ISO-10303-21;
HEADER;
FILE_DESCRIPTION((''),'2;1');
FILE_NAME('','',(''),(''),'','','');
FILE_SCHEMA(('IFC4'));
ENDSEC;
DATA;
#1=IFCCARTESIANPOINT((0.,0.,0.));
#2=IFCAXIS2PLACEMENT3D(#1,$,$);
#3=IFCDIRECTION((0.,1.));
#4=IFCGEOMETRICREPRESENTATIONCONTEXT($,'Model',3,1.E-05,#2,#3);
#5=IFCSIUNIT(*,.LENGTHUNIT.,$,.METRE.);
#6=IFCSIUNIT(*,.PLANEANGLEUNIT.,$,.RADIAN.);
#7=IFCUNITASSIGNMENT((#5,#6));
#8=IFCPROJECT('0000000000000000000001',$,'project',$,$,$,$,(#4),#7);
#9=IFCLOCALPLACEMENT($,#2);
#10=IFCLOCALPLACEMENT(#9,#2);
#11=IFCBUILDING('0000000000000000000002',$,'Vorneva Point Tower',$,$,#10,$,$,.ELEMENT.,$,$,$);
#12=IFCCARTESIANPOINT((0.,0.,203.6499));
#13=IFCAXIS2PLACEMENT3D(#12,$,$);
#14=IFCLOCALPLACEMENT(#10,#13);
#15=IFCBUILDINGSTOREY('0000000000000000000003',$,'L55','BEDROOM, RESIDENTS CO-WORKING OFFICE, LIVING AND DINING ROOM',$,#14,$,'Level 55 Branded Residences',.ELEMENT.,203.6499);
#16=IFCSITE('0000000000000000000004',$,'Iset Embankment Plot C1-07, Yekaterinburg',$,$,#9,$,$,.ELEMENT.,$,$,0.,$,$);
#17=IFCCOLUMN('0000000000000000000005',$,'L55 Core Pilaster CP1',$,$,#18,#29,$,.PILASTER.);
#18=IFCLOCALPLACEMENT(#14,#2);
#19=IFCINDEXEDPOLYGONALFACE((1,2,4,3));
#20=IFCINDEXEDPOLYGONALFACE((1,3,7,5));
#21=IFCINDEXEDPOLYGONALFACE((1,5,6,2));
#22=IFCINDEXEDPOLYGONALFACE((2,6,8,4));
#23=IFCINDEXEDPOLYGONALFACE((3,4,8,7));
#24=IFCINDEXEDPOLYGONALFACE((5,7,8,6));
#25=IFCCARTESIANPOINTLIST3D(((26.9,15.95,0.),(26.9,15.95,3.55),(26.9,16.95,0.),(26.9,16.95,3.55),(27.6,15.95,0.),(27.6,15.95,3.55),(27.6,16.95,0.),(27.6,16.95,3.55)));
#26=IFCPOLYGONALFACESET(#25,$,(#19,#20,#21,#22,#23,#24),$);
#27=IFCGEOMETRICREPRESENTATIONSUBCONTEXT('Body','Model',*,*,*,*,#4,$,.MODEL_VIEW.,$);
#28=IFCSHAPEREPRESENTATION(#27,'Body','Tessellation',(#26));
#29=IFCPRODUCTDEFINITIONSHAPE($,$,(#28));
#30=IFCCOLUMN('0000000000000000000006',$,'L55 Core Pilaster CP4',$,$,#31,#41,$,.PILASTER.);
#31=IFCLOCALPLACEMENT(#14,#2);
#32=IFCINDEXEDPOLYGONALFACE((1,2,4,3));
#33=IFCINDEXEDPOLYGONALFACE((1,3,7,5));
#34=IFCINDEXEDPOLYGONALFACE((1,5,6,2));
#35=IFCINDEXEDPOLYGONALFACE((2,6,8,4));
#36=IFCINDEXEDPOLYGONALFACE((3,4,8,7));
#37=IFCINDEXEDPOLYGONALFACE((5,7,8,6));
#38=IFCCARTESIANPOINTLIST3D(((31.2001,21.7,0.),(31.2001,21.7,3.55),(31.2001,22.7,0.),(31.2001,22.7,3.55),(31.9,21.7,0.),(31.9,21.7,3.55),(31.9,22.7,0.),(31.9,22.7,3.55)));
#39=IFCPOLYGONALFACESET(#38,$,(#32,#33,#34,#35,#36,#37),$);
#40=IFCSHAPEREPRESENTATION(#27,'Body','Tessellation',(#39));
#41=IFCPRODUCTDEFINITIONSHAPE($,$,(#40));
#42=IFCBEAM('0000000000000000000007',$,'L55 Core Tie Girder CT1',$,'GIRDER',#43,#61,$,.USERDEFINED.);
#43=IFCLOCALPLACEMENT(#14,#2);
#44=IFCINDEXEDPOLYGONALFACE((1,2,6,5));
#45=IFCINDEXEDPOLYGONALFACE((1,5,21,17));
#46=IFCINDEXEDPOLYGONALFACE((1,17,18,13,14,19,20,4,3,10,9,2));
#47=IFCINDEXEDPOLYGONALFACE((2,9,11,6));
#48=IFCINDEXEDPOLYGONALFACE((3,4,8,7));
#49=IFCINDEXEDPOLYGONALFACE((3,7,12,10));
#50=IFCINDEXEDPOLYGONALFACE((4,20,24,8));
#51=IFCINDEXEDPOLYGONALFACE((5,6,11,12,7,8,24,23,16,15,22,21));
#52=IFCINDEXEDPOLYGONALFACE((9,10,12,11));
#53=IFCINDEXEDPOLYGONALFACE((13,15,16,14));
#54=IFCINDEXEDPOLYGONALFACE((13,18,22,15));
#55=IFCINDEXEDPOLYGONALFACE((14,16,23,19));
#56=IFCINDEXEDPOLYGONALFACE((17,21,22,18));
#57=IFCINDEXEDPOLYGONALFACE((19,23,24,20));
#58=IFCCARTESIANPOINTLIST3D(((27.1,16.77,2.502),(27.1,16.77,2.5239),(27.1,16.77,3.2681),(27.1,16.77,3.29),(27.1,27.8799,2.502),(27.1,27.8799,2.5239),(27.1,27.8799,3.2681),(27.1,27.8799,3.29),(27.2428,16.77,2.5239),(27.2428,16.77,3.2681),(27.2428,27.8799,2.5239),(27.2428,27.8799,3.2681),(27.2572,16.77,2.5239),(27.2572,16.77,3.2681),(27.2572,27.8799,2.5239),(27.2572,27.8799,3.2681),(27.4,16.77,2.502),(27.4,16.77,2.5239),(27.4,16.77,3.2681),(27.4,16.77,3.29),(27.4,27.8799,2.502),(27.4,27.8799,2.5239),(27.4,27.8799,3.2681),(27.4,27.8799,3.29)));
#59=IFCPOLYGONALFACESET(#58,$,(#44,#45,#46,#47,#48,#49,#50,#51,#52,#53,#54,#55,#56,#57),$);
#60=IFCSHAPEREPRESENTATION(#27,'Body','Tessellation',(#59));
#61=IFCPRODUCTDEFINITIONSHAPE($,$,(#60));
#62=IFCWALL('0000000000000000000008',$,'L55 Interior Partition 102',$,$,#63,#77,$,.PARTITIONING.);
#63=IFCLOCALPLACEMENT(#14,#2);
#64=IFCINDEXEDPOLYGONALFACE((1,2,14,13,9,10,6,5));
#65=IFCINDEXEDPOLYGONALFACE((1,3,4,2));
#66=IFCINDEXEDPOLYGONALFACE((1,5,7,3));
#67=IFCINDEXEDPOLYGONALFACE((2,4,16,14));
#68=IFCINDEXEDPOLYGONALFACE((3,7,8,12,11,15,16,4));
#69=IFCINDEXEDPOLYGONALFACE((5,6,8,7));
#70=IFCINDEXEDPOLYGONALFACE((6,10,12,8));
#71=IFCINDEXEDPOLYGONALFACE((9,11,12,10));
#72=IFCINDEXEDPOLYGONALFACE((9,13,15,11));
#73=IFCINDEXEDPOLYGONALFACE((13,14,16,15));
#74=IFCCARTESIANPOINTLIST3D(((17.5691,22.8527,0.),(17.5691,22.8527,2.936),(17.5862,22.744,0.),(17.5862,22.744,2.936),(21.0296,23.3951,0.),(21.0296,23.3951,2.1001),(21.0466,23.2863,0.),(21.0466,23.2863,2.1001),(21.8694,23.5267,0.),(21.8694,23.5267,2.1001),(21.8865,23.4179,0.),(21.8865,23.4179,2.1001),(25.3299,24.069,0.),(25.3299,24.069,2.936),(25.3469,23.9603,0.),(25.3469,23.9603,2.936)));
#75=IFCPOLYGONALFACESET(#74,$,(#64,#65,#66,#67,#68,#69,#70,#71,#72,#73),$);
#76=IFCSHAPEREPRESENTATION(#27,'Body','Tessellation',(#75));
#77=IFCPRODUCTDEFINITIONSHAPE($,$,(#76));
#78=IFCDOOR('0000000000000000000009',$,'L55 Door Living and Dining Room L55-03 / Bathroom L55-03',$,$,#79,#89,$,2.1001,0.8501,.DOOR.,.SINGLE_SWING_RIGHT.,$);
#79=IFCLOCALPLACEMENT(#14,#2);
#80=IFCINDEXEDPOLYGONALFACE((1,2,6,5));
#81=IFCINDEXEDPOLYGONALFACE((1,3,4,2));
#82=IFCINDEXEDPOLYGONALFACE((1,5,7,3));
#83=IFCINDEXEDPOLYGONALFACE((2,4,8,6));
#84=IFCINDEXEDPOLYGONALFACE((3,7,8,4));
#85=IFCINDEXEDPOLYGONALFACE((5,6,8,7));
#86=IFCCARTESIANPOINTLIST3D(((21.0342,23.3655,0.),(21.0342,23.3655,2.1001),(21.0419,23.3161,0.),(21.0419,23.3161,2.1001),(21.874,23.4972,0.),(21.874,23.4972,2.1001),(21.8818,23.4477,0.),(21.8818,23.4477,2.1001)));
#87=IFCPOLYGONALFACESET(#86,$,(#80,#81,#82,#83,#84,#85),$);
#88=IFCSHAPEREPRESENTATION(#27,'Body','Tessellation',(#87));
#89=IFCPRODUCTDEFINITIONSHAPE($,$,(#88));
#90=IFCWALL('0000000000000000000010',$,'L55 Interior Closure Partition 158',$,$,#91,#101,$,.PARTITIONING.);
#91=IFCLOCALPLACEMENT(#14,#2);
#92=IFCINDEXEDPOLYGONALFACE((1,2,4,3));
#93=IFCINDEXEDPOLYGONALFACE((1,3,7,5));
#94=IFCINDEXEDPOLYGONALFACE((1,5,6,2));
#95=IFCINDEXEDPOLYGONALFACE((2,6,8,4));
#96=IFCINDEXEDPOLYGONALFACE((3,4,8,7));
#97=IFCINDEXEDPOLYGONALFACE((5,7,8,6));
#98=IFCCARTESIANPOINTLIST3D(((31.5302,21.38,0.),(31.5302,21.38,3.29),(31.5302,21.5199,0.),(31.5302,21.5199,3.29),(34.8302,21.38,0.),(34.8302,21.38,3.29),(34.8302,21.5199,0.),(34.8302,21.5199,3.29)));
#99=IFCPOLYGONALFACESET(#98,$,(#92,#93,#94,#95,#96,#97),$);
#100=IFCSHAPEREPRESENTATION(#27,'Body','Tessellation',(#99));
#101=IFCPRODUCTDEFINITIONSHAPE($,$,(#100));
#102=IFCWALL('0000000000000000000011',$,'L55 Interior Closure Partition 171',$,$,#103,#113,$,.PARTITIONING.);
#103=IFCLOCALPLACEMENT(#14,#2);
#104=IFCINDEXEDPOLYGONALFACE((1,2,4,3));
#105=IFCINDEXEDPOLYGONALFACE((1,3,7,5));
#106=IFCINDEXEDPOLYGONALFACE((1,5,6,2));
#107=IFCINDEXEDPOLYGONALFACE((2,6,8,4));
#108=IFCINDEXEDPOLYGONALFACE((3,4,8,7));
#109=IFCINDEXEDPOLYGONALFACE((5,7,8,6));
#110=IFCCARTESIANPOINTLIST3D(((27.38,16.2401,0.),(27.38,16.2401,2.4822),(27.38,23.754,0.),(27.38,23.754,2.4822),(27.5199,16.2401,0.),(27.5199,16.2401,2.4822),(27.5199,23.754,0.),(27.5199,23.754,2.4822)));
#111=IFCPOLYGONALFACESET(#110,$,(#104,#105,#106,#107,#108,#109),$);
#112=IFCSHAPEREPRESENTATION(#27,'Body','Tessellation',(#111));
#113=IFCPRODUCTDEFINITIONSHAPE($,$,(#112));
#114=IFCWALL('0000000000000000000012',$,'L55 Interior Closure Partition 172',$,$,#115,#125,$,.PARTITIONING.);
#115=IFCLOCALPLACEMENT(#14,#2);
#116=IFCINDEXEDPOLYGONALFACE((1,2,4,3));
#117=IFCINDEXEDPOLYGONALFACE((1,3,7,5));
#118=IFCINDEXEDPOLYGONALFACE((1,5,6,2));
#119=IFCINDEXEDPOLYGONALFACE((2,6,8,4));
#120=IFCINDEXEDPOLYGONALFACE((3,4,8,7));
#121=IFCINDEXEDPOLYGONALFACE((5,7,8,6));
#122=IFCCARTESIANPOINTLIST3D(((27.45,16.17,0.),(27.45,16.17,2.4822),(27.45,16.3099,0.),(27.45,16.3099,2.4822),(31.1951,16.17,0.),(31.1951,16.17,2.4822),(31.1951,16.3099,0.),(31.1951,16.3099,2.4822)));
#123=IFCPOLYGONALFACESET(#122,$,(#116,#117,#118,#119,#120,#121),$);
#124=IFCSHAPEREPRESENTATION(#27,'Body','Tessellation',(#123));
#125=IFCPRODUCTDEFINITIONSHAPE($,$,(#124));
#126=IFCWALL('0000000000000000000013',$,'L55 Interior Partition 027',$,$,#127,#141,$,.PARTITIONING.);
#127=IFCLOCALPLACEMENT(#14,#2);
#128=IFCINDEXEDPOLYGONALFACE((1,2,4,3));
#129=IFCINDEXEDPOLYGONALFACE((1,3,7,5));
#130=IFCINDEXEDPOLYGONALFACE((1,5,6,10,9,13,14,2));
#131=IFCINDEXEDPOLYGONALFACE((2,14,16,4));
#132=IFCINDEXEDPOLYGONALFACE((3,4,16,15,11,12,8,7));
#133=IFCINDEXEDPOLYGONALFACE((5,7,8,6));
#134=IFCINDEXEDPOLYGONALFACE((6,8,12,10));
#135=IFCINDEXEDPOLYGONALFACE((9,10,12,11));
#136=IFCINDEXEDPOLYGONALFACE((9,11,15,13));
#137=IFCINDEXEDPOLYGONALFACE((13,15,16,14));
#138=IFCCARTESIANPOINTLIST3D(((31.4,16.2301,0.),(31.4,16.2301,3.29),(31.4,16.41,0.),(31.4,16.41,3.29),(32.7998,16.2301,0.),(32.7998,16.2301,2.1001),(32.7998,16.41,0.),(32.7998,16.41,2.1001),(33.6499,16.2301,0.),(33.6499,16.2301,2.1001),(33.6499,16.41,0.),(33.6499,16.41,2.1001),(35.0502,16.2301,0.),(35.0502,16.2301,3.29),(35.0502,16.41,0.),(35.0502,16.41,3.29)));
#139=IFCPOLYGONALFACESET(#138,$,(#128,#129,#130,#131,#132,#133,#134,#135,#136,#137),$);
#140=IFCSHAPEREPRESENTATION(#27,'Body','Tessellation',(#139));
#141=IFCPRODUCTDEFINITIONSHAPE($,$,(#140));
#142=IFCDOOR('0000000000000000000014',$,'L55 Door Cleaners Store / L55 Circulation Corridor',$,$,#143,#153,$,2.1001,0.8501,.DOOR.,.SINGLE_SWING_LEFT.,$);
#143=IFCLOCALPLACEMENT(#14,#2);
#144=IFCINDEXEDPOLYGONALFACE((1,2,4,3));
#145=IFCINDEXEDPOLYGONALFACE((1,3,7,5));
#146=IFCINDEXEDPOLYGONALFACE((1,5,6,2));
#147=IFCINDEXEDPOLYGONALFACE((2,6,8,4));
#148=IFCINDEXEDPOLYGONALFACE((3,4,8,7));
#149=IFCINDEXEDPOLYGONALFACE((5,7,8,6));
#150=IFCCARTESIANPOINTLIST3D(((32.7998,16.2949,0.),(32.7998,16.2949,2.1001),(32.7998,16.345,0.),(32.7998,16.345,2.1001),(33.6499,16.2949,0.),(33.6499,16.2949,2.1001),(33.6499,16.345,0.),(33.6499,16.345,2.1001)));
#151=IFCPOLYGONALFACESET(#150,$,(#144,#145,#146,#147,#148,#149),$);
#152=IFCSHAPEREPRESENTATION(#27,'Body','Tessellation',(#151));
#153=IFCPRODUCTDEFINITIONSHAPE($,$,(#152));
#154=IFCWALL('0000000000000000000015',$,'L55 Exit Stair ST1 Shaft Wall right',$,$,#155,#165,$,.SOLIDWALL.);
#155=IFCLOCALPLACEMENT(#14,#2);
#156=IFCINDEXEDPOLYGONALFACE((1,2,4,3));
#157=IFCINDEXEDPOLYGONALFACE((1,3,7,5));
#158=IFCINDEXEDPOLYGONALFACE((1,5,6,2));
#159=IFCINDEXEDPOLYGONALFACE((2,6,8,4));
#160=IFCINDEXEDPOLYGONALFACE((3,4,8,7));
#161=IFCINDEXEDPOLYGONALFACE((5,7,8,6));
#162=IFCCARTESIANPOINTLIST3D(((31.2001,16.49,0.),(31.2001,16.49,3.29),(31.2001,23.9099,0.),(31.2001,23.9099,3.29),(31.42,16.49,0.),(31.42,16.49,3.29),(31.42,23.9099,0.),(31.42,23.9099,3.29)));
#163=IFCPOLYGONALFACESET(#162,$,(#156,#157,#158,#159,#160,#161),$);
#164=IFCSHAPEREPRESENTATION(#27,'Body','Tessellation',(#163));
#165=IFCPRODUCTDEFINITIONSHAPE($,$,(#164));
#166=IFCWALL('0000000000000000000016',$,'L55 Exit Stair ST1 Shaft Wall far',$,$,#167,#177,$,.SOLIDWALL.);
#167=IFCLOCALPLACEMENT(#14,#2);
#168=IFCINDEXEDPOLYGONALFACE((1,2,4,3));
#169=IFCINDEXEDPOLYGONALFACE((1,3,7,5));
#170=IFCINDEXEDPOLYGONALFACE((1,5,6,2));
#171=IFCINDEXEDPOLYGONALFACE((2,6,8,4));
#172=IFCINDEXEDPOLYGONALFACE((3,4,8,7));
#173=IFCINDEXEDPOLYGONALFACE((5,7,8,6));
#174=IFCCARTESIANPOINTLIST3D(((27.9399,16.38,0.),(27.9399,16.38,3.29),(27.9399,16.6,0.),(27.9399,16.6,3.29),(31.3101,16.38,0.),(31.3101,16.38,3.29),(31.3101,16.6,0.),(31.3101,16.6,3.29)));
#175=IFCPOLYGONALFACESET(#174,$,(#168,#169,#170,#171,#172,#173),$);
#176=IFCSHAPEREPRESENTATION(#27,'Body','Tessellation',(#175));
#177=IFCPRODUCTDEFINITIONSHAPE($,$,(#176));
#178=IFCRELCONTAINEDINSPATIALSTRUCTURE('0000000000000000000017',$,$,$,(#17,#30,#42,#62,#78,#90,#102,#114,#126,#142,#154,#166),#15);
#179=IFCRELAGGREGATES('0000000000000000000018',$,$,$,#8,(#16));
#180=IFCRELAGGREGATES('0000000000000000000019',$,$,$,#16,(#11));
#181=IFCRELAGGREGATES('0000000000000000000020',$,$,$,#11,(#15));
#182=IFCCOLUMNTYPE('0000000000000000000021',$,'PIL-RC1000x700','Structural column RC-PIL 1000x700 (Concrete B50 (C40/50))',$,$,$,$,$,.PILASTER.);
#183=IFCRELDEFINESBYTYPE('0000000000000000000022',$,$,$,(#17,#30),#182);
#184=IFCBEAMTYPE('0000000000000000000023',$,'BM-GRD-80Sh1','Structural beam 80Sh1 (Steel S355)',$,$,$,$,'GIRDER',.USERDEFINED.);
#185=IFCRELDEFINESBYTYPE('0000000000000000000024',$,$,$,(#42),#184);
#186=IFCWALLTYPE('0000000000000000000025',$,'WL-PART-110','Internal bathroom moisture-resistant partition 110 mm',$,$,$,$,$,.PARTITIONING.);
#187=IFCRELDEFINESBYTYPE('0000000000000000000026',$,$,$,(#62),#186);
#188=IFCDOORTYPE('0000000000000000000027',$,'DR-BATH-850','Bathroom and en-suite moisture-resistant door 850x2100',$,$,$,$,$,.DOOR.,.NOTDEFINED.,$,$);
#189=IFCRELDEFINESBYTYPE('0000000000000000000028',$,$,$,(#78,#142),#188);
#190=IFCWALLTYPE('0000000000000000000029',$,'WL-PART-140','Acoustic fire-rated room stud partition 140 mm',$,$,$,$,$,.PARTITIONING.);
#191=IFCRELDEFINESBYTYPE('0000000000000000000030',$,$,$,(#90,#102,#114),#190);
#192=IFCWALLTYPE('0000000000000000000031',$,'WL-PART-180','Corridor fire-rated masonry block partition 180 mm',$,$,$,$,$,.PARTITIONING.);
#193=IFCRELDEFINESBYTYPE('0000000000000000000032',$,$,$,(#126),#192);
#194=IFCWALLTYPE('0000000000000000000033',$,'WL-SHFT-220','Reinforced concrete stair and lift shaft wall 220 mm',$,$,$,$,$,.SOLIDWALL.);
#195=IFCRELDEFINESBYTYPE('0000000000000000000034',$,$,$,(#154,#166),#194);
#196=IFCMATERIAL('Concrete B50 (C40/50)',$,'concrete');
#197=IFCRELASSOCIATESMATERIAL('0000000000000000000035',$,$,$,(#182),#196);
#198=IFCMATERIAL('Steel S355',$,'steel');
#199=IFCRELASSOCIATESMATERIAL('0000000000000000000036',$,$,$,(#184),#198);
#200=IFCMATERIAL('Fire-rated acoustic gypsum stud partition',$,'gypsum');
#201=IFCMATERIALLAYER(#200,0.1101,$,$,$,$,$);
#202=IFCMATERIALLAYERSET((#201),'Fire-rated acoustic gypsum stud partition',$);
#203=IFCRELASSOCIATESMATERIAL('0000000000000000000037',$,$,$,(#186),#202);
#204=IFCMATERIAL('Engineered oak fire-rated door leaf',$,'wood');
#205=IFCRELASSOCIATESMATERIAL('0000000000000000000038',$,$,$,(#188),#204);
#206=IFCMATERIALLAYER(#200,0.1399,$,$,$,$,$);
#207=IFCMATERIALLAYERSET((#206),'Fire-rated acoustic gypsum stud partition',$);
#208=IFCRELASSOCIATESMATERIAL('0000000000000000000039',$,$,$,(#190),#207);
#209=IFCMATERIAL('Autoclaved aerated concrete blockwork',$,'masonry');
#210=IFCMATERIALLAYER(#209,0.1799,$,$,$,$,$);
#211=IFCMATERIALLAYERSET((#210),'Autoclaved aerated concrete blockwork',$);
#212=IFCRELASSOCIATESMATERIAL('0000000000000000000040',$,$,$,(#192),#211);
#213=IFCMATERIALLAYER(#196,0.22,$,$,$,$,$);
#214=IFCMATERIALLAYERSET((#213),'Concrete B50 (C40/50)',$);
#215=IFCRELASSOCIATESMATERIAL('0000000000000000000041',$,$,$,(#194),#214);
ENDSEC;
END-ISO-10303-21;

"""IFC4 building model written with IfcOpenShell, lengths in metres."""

from ifc_helpers import new_model, si_unit, direction, frame, frame_2d, origin, origin_2d, place, context, subcontext, project, spatial, rectangle, i_section, extrude, material, layer, layer_set, material_profile, profile_set, type_object, element, fill, save


model = new_model("IFC4")

# Units and contexts
model_context = context("Model", 3, precision=1e-05, world=origin(), true_north=direction((0.0, 1.0)))
body_context = subcontext(model_context, "Body", "Model", "MODEL_VIEW")
ifc_project = project(units=[si_unit("LENGTHUNIT", "METRE"), si_unit("PLANEANGLEUNIT", "RADIAN")], contexts=[model_context])

# Site, building, storey
site_placement = place(None, origin())
site = spatial("IfcSite", under=ifc_project, at=site_placement, Name="Iset Embankment Plot C1-07, Yekaterinburg", CompositionType="ELEMENT", RefElevation=0.0)
building_placement = place(site_placement, origin())
building = spatial("IfcBuilding", under=site, at=building_placement, Name="Vorneva Point Tower", CompositionType="ELEMENT")
storey_placement = place(building_placement, frame((0.0, 0.0, 203.6499)))
storey = spatial("IfcBuildingStorey", under=building, at=storey_placement, Name="L55", Description="BEDROOM, RESIDENTS CO-WORKING OFFICE, LIVING AND DINING ROOM", LongName="Level 55 Branded Residences", CompositionType="ELEMENT", Elevation=203.6499)

# Columns
ifc_material_1 = material(Name="Concrete B50 (C40/50)", Category="concrete")
ifc_material_profile_1 = material_profile(ifc_material_1, rectangle(XDim=0.7, YDim=1.0, at=origin_2d()), Name="RC-PIL 1000x700")
ifc_profile_set_1 = profile_set([ifc_material_profile_1], Name="Concrete B50 (C40/50)")
column_type = type_object("IfcColumnType", Name="PIL-RC1000x700", Description="Structural column RC-PIL 1000x700 (Concrete B50 (C40/50))", PredefinedType="PILASTER", material=ifc_profile_set_1)
for number, where, z_axis, x_axis, name in (
    (1, (27.25, 16.45, 0.0), (0.0, 0.0, 1.0), (1.0, 0.0, 0.0), "L55 Core Pilaster CP1"),
    (2, (31.55, 22.2, 0.0), (0.0, 0.0, 1.0), (1.0, 0.0, 0.0), "L55 Core Pilaster CP4"),
):
    element("IfcColumn", number, at=place(storey_placement, frame(where, z_axis=z_axis, x_axis=x_axis)), inside=storey, type_object=column_type, Name=name, PredefinedType="PILASTER", context=body_context, shape_type="SweptSolid", body=[
        extrude(rectangle(XDim=0.7, YDim=1.0, at=origin_2d()), origin(), (0.0, 0.0, 1.0), 3.55),
    ])

# Beam
ifc_material_2 = material(Name="Steel S355", Category="steel")
ifc_material_profile_2 = material_profile(ifc_material_2, i_section(OverallWidth=0.3, OverallDepth=0.7881, WebThickness=0.0144, FlangeThickness=0.022, at=origin_2d()), Name="80Sh1")
ifc_profile_set_2 = profile_set([ifc_material_profile_2], Name="Steel S355")
beam_type = type_object("IfcBeamType", Name="BM-GRD-80Sh1", Description="Structural beam 80Sh1 (Steel S355)", ElementType="GIRDER", PredefinedType="USERDEFINED", material=ifc_profile_set_2)
beam_placement = place(storey_placement, frame((27.25, 16.77, 2.896), z_axis=(0.0, 1.0, 0.0), x_axis=(-1.0, 0.0, 0.0)))
element("IfcBeam", 3, at=beam_placement, inside=storey, type_object=beam_type, Name="L55 Core Tie Girder CT1", ObjectType="GIRDER", PredefinedType="USERDEFINED", context=body_context, shape_type="SweptSolid", body=[
    extrude(i_section(OverallWidth=0.3, OverallDepth=0.7881, WebThickness=0.0144, FlangeThickness=0.022, at=origin_2d()), origin(), (0.0, 0.0, 1.0), 11.1099),
])

# Wall, opening, door
ifc_material_3 = material(Name="Fire-rated acoustic gypsum stud partition", Category="gypsum")
ifc_layer_1 = layer(ifc_material_3, 0.1101)
ifc_layer_set_1 = layer_set([ifc_layer_1], Name="Fire-rated acoustic gypsum stud partition")
wall_type_1 = type_object("IfcWallType", Name="WL-PART-110", Description="Internal bathroom moisture-resistant partition 110 mm", PredefinedType="PARTITIONING", material=ifc_layer_set_1)
wall_1_placement = place(storey_placement, frame((25.3384, 24.0146, 0.0), z_axis=(0.0, 0.0, 1.0), x_axis=(-0.98794, -0.154836, 0.0)))
wall_1 = element("IfcWall", 4, at=wall_1_placement, inside=storey, type_object=wall_type_1, Name="L55 Interior Partition 102", PredefinedType="PARTITIONING", context=body_context, shape_type="SweptSolid", body=[
    extrude(rectangle(XDim=7.8555, YDim=0.1101, at=frame_2d((3.9277, 0.0))), origin(), (0.0, 0.0, 1.0), 2.936),
])
opening_1_placement = place(wall_1_placement, frame((3.5027, 0.0, 0.0)))
opening_1 = element("IfcOpeningElement", 5, at=opening_1_placement, cuts=wall_1, PredefinedType="OPENING", context=body_context, shape_type="SweptSolid", body=[
    extrude(rectangle(XDim=0.8501, YDim=2.1001, at=frame_2d((0.425, 1.05))), frame((0.0, 0.0698, 0.0), z_axis=(0.0, -1.0, 0.0), x_axis=(1.0, 0.0, 0.0)), (0.0, 0.0, 1.0), 0.1399),
])
ifc_material_4 = material(Name="Engineered oak fire-rated door leaf", Category="wood")
door_type_1 = type_object("IfcDoorType", Name="DR-BATH-850", Description="Bathroom and en-suite moisture-resistant door 850x2100", OperationType="NOTDEFINED", PredefinedType="DOOR", material=ifc_material_4)
door_1_placement = place(opening_1_placement, origin())
door_1 = element("IfcDoor", 6, at=door_1_placement, inside=storey, type_object=door_type_1, Name="L55 Door Living and Dining Room L55-03 / Bathroom L55-03", OperationType="SINGLE_SWING_RIGHT", OverallHeight=2.1001, OverallWidth=0.8501, PredefinedType="DOOR", context=body_context, shape_type="SweptSolid", body=[
    extrude(rectangle(XDim=0.8501, YDim=2.1001, at=frame_2d((0.425, 1.05))), frame((0.0, 0.0249, 0.0), z_axis=(0.0, -1.0, 0.0), x_axis=(1.0, 0.0, 0.0)), (0.0, 0.0, 1.0), 0.05),
])
fill(opening_1, door_1)

# Walls
ifc_layer_2 = layer(ifc_material_3, 0.1399)
ifc_layer_set_2 = layer_set([ifc_layer_2], Name="Fire-rated acoustic gypsum stud partition")
wall_type_2 = type_object("IfcWallType", Name="WL-PART-140", Description="Acoustic fire-rated room stud partition 140 mm", PredefinedType="PARTITIONING", material=ifc_layer_set_2)
wall_2_placement = place(storey_placement, frame((34.8301, 21.45, 0.0), z_axis=(0.0, 0.0, 1.0), x_axis=(-1.0, 0.0, 0.0)))
element("IfcWall", 7, at=wall_2_placement, inside=storey, type_object=wall_type_2, Name="L55 Interior Closure Partition 158", PredefinedType="PARTITIONING", context=body_context, shape_type="SweptSolid", body=[
    extrude(rectangle(XDim=3.3, YDim=0.1399, at=frame_2d((1.6499, 0.0))), origin(), (0.0, 0.0, 1.0), 3.29),
])
wall_3_placement = place(storey_placement, frame((27.45, 23.7539, 0.0), z_axis=(0.0, 0.0, 1.0), x_axis=(0.0, -1.0, 0.0)))
element("IfcWall", 8, at=wall_3_placement, inside=storey, type_object=wall_type_2, Name="L55 Interior Closure Partition 171", PredefinedType="PARTITIONING", context=body_context, shape_type="SweptSolid", body=[
    extrude(rectangle(XDim=7.5139, YDim=0.1399, at=frame_2d((3.7568, 0.0))), origin(), (0.0, 0.0, 1.0), 2.4822),
])
wall_4_placement = place(storey_placement, frame((27.45, 16.24, 0.0), z_axis=(0.0, 0.0, 1.0), x_axis=(1.0, 0.0, 0.0)))
element("IfcWall", 9, at=wall_4_placement, inside=storey, type_object=wall_type_2, Name="L55 Interior Closure Partition 172", PredefinedType="PARTITIONING", context=body_context, shape_type="SweptSolid", body=[
    extrude(rectangle(XDim=3.7451, YDim=0.1399, at=frame_2d((1.8726, 0.0))), origin(), (0.0, 0.0, 1.0), 2.4822),
])

# Wall, opening, door
ifc_material_5 = material(Name="Autoclaved aerated concrete blockwork", Category="masonry")
ifc_layer_3 = layer(ifc_material_5, 0.1799)
ifc_layer_set_3 = layer_set([ifc_layer_3], Name="Autoclaved aerated concrete blockwork")
wall_type_3 = type_object("IfcWallType", Name="WL-PART-180", Description="Corridor fire-rated masonry block partition 180 mm", PredefinedType="PARTITIONING", material=ifc_layer_set_3)
wall_5_placement = place(storey_placement, frame((31.3999, 16.3201, 0.0), z_axis=(0.0, 0.0, 1.0), x_axis=(1.0, 0.0, 0.0)))
wall_5 = element("IfcWall", 10, at=wall_5_placement, inside=storey, type_object=wall_type_3, Name="L55 Interior Partition 027", PredefinedType="PARTITIONING", context=body_context, shape_type="SweptSolid", body=[
    extrude(rectangle(XDim=3.6501, YDim=0.1799, at=frame_2d((1.8252, 0.0))), origin(), (0.0, 0.0, 1.0), 3.29),
])
opening_2_placement = place(wall_5_placement, frame((1.3999, 0.0, 0.0)))
opening_2 = element("IfcOpeningElement", 11, at=opening_2_placement, cuts=wall_5, PredefinedType="OPENING", context=body_context, shape_type="SweptSolid", body=[
    extrude(rectangle(XDim=0.8501, YDim=2.1001, at=frame_2d((0.425, 1.05))), frame((0.0, 0.105, 0.0), z_axis=(0.0, -1.0, 0.0), x_axis=(1.0, 0.0, 0.0)), (0.0, 0.0, 1.0), 0.2097),
])
door_2_placement = place(opening_2_placement, origin())
door_2 = element("IfcDoor", 12, at=door_2_placement, inside=storey, type_object=door_type_1, Name="L55 Door Cleaners Store / L55 Circulation Corridor", OperationType="SINGLE_SWING_LEFT", OverallHeight=2.1001, OverallWidth=0.8501, PredefinedType="DOOR", context=body_context, shape_type="SweptSolid", body=[
    extrude(rectangle(XDim=0.8501, YDim=2.1001, at=frame_2d((0.425, 1.05))), frame((0.0, 0.0249, 0.0), z_axis=(0.0, -1.0, 0.0), x_axis=(1.0, 0.0, 0.0)), (0.0, 0.0, 1.0), 0.05),
])
fill(opening_2, door_2)
ifc_layer_4 = layer(ifc_material_1, 0.22)
ifc_layer_set_4 = layer_set([ifc_layer_4], Name="Concrete B50 (C40/50)")
wall_type_4 = type_object("IfcWallType", Name="WL-SHFT-220", Description="Reinforced concrete stair and lift shaft wall 220 mm", PredefinedType="SOLIDWALL", material=ifc_layer_set_4)

# Walls
wall_6_placement = place(storey_placement, frame((31.3101, 23.9099, 0.0), z_axis=(0.0, 0.0, 1.0), x_axis=(0.0, -1.0, 0.0)))
element("IfcWall", 13, at=wall_6_placement, inside=storey, type_object=wall_type_4, Name="L55 Exit Stair ST1 Shaft Wall right", PredefinedType="SOLIDWALL", context=body_context, shape_type="SweptSolid", body=[
    extrude(rectangle(XDim=7.4199, YDim=0.22, at=frame_2d((3.71, 0.0))), origin(), (0.0, 0.0, 1.0), 3.29),
])
wall_7_placement = place(storey_placement, frame((31.3101, 16.49, 0.0), z_axis=(0.0, 0.0, 1.0), x_axis=(-1.0, 0.0, 0.0)))
element("IfcWall", 14, at=wall_7_placement, inside=storey, type_object=wall_type_4, Name="L55 Exit Stair ST1 Shaft Wall far", PredefinedType="SOLIDWALL", context=body_context, shape_type="SweptSolid", body=[
    extrude(rectangle(XDim=3.3701, YDim=0.22, at=frame_2d((1.6851, 0.0))), origin(), (0.0, 0.0, 1.0), 3.29),
])

save(model, "model.ifc")
